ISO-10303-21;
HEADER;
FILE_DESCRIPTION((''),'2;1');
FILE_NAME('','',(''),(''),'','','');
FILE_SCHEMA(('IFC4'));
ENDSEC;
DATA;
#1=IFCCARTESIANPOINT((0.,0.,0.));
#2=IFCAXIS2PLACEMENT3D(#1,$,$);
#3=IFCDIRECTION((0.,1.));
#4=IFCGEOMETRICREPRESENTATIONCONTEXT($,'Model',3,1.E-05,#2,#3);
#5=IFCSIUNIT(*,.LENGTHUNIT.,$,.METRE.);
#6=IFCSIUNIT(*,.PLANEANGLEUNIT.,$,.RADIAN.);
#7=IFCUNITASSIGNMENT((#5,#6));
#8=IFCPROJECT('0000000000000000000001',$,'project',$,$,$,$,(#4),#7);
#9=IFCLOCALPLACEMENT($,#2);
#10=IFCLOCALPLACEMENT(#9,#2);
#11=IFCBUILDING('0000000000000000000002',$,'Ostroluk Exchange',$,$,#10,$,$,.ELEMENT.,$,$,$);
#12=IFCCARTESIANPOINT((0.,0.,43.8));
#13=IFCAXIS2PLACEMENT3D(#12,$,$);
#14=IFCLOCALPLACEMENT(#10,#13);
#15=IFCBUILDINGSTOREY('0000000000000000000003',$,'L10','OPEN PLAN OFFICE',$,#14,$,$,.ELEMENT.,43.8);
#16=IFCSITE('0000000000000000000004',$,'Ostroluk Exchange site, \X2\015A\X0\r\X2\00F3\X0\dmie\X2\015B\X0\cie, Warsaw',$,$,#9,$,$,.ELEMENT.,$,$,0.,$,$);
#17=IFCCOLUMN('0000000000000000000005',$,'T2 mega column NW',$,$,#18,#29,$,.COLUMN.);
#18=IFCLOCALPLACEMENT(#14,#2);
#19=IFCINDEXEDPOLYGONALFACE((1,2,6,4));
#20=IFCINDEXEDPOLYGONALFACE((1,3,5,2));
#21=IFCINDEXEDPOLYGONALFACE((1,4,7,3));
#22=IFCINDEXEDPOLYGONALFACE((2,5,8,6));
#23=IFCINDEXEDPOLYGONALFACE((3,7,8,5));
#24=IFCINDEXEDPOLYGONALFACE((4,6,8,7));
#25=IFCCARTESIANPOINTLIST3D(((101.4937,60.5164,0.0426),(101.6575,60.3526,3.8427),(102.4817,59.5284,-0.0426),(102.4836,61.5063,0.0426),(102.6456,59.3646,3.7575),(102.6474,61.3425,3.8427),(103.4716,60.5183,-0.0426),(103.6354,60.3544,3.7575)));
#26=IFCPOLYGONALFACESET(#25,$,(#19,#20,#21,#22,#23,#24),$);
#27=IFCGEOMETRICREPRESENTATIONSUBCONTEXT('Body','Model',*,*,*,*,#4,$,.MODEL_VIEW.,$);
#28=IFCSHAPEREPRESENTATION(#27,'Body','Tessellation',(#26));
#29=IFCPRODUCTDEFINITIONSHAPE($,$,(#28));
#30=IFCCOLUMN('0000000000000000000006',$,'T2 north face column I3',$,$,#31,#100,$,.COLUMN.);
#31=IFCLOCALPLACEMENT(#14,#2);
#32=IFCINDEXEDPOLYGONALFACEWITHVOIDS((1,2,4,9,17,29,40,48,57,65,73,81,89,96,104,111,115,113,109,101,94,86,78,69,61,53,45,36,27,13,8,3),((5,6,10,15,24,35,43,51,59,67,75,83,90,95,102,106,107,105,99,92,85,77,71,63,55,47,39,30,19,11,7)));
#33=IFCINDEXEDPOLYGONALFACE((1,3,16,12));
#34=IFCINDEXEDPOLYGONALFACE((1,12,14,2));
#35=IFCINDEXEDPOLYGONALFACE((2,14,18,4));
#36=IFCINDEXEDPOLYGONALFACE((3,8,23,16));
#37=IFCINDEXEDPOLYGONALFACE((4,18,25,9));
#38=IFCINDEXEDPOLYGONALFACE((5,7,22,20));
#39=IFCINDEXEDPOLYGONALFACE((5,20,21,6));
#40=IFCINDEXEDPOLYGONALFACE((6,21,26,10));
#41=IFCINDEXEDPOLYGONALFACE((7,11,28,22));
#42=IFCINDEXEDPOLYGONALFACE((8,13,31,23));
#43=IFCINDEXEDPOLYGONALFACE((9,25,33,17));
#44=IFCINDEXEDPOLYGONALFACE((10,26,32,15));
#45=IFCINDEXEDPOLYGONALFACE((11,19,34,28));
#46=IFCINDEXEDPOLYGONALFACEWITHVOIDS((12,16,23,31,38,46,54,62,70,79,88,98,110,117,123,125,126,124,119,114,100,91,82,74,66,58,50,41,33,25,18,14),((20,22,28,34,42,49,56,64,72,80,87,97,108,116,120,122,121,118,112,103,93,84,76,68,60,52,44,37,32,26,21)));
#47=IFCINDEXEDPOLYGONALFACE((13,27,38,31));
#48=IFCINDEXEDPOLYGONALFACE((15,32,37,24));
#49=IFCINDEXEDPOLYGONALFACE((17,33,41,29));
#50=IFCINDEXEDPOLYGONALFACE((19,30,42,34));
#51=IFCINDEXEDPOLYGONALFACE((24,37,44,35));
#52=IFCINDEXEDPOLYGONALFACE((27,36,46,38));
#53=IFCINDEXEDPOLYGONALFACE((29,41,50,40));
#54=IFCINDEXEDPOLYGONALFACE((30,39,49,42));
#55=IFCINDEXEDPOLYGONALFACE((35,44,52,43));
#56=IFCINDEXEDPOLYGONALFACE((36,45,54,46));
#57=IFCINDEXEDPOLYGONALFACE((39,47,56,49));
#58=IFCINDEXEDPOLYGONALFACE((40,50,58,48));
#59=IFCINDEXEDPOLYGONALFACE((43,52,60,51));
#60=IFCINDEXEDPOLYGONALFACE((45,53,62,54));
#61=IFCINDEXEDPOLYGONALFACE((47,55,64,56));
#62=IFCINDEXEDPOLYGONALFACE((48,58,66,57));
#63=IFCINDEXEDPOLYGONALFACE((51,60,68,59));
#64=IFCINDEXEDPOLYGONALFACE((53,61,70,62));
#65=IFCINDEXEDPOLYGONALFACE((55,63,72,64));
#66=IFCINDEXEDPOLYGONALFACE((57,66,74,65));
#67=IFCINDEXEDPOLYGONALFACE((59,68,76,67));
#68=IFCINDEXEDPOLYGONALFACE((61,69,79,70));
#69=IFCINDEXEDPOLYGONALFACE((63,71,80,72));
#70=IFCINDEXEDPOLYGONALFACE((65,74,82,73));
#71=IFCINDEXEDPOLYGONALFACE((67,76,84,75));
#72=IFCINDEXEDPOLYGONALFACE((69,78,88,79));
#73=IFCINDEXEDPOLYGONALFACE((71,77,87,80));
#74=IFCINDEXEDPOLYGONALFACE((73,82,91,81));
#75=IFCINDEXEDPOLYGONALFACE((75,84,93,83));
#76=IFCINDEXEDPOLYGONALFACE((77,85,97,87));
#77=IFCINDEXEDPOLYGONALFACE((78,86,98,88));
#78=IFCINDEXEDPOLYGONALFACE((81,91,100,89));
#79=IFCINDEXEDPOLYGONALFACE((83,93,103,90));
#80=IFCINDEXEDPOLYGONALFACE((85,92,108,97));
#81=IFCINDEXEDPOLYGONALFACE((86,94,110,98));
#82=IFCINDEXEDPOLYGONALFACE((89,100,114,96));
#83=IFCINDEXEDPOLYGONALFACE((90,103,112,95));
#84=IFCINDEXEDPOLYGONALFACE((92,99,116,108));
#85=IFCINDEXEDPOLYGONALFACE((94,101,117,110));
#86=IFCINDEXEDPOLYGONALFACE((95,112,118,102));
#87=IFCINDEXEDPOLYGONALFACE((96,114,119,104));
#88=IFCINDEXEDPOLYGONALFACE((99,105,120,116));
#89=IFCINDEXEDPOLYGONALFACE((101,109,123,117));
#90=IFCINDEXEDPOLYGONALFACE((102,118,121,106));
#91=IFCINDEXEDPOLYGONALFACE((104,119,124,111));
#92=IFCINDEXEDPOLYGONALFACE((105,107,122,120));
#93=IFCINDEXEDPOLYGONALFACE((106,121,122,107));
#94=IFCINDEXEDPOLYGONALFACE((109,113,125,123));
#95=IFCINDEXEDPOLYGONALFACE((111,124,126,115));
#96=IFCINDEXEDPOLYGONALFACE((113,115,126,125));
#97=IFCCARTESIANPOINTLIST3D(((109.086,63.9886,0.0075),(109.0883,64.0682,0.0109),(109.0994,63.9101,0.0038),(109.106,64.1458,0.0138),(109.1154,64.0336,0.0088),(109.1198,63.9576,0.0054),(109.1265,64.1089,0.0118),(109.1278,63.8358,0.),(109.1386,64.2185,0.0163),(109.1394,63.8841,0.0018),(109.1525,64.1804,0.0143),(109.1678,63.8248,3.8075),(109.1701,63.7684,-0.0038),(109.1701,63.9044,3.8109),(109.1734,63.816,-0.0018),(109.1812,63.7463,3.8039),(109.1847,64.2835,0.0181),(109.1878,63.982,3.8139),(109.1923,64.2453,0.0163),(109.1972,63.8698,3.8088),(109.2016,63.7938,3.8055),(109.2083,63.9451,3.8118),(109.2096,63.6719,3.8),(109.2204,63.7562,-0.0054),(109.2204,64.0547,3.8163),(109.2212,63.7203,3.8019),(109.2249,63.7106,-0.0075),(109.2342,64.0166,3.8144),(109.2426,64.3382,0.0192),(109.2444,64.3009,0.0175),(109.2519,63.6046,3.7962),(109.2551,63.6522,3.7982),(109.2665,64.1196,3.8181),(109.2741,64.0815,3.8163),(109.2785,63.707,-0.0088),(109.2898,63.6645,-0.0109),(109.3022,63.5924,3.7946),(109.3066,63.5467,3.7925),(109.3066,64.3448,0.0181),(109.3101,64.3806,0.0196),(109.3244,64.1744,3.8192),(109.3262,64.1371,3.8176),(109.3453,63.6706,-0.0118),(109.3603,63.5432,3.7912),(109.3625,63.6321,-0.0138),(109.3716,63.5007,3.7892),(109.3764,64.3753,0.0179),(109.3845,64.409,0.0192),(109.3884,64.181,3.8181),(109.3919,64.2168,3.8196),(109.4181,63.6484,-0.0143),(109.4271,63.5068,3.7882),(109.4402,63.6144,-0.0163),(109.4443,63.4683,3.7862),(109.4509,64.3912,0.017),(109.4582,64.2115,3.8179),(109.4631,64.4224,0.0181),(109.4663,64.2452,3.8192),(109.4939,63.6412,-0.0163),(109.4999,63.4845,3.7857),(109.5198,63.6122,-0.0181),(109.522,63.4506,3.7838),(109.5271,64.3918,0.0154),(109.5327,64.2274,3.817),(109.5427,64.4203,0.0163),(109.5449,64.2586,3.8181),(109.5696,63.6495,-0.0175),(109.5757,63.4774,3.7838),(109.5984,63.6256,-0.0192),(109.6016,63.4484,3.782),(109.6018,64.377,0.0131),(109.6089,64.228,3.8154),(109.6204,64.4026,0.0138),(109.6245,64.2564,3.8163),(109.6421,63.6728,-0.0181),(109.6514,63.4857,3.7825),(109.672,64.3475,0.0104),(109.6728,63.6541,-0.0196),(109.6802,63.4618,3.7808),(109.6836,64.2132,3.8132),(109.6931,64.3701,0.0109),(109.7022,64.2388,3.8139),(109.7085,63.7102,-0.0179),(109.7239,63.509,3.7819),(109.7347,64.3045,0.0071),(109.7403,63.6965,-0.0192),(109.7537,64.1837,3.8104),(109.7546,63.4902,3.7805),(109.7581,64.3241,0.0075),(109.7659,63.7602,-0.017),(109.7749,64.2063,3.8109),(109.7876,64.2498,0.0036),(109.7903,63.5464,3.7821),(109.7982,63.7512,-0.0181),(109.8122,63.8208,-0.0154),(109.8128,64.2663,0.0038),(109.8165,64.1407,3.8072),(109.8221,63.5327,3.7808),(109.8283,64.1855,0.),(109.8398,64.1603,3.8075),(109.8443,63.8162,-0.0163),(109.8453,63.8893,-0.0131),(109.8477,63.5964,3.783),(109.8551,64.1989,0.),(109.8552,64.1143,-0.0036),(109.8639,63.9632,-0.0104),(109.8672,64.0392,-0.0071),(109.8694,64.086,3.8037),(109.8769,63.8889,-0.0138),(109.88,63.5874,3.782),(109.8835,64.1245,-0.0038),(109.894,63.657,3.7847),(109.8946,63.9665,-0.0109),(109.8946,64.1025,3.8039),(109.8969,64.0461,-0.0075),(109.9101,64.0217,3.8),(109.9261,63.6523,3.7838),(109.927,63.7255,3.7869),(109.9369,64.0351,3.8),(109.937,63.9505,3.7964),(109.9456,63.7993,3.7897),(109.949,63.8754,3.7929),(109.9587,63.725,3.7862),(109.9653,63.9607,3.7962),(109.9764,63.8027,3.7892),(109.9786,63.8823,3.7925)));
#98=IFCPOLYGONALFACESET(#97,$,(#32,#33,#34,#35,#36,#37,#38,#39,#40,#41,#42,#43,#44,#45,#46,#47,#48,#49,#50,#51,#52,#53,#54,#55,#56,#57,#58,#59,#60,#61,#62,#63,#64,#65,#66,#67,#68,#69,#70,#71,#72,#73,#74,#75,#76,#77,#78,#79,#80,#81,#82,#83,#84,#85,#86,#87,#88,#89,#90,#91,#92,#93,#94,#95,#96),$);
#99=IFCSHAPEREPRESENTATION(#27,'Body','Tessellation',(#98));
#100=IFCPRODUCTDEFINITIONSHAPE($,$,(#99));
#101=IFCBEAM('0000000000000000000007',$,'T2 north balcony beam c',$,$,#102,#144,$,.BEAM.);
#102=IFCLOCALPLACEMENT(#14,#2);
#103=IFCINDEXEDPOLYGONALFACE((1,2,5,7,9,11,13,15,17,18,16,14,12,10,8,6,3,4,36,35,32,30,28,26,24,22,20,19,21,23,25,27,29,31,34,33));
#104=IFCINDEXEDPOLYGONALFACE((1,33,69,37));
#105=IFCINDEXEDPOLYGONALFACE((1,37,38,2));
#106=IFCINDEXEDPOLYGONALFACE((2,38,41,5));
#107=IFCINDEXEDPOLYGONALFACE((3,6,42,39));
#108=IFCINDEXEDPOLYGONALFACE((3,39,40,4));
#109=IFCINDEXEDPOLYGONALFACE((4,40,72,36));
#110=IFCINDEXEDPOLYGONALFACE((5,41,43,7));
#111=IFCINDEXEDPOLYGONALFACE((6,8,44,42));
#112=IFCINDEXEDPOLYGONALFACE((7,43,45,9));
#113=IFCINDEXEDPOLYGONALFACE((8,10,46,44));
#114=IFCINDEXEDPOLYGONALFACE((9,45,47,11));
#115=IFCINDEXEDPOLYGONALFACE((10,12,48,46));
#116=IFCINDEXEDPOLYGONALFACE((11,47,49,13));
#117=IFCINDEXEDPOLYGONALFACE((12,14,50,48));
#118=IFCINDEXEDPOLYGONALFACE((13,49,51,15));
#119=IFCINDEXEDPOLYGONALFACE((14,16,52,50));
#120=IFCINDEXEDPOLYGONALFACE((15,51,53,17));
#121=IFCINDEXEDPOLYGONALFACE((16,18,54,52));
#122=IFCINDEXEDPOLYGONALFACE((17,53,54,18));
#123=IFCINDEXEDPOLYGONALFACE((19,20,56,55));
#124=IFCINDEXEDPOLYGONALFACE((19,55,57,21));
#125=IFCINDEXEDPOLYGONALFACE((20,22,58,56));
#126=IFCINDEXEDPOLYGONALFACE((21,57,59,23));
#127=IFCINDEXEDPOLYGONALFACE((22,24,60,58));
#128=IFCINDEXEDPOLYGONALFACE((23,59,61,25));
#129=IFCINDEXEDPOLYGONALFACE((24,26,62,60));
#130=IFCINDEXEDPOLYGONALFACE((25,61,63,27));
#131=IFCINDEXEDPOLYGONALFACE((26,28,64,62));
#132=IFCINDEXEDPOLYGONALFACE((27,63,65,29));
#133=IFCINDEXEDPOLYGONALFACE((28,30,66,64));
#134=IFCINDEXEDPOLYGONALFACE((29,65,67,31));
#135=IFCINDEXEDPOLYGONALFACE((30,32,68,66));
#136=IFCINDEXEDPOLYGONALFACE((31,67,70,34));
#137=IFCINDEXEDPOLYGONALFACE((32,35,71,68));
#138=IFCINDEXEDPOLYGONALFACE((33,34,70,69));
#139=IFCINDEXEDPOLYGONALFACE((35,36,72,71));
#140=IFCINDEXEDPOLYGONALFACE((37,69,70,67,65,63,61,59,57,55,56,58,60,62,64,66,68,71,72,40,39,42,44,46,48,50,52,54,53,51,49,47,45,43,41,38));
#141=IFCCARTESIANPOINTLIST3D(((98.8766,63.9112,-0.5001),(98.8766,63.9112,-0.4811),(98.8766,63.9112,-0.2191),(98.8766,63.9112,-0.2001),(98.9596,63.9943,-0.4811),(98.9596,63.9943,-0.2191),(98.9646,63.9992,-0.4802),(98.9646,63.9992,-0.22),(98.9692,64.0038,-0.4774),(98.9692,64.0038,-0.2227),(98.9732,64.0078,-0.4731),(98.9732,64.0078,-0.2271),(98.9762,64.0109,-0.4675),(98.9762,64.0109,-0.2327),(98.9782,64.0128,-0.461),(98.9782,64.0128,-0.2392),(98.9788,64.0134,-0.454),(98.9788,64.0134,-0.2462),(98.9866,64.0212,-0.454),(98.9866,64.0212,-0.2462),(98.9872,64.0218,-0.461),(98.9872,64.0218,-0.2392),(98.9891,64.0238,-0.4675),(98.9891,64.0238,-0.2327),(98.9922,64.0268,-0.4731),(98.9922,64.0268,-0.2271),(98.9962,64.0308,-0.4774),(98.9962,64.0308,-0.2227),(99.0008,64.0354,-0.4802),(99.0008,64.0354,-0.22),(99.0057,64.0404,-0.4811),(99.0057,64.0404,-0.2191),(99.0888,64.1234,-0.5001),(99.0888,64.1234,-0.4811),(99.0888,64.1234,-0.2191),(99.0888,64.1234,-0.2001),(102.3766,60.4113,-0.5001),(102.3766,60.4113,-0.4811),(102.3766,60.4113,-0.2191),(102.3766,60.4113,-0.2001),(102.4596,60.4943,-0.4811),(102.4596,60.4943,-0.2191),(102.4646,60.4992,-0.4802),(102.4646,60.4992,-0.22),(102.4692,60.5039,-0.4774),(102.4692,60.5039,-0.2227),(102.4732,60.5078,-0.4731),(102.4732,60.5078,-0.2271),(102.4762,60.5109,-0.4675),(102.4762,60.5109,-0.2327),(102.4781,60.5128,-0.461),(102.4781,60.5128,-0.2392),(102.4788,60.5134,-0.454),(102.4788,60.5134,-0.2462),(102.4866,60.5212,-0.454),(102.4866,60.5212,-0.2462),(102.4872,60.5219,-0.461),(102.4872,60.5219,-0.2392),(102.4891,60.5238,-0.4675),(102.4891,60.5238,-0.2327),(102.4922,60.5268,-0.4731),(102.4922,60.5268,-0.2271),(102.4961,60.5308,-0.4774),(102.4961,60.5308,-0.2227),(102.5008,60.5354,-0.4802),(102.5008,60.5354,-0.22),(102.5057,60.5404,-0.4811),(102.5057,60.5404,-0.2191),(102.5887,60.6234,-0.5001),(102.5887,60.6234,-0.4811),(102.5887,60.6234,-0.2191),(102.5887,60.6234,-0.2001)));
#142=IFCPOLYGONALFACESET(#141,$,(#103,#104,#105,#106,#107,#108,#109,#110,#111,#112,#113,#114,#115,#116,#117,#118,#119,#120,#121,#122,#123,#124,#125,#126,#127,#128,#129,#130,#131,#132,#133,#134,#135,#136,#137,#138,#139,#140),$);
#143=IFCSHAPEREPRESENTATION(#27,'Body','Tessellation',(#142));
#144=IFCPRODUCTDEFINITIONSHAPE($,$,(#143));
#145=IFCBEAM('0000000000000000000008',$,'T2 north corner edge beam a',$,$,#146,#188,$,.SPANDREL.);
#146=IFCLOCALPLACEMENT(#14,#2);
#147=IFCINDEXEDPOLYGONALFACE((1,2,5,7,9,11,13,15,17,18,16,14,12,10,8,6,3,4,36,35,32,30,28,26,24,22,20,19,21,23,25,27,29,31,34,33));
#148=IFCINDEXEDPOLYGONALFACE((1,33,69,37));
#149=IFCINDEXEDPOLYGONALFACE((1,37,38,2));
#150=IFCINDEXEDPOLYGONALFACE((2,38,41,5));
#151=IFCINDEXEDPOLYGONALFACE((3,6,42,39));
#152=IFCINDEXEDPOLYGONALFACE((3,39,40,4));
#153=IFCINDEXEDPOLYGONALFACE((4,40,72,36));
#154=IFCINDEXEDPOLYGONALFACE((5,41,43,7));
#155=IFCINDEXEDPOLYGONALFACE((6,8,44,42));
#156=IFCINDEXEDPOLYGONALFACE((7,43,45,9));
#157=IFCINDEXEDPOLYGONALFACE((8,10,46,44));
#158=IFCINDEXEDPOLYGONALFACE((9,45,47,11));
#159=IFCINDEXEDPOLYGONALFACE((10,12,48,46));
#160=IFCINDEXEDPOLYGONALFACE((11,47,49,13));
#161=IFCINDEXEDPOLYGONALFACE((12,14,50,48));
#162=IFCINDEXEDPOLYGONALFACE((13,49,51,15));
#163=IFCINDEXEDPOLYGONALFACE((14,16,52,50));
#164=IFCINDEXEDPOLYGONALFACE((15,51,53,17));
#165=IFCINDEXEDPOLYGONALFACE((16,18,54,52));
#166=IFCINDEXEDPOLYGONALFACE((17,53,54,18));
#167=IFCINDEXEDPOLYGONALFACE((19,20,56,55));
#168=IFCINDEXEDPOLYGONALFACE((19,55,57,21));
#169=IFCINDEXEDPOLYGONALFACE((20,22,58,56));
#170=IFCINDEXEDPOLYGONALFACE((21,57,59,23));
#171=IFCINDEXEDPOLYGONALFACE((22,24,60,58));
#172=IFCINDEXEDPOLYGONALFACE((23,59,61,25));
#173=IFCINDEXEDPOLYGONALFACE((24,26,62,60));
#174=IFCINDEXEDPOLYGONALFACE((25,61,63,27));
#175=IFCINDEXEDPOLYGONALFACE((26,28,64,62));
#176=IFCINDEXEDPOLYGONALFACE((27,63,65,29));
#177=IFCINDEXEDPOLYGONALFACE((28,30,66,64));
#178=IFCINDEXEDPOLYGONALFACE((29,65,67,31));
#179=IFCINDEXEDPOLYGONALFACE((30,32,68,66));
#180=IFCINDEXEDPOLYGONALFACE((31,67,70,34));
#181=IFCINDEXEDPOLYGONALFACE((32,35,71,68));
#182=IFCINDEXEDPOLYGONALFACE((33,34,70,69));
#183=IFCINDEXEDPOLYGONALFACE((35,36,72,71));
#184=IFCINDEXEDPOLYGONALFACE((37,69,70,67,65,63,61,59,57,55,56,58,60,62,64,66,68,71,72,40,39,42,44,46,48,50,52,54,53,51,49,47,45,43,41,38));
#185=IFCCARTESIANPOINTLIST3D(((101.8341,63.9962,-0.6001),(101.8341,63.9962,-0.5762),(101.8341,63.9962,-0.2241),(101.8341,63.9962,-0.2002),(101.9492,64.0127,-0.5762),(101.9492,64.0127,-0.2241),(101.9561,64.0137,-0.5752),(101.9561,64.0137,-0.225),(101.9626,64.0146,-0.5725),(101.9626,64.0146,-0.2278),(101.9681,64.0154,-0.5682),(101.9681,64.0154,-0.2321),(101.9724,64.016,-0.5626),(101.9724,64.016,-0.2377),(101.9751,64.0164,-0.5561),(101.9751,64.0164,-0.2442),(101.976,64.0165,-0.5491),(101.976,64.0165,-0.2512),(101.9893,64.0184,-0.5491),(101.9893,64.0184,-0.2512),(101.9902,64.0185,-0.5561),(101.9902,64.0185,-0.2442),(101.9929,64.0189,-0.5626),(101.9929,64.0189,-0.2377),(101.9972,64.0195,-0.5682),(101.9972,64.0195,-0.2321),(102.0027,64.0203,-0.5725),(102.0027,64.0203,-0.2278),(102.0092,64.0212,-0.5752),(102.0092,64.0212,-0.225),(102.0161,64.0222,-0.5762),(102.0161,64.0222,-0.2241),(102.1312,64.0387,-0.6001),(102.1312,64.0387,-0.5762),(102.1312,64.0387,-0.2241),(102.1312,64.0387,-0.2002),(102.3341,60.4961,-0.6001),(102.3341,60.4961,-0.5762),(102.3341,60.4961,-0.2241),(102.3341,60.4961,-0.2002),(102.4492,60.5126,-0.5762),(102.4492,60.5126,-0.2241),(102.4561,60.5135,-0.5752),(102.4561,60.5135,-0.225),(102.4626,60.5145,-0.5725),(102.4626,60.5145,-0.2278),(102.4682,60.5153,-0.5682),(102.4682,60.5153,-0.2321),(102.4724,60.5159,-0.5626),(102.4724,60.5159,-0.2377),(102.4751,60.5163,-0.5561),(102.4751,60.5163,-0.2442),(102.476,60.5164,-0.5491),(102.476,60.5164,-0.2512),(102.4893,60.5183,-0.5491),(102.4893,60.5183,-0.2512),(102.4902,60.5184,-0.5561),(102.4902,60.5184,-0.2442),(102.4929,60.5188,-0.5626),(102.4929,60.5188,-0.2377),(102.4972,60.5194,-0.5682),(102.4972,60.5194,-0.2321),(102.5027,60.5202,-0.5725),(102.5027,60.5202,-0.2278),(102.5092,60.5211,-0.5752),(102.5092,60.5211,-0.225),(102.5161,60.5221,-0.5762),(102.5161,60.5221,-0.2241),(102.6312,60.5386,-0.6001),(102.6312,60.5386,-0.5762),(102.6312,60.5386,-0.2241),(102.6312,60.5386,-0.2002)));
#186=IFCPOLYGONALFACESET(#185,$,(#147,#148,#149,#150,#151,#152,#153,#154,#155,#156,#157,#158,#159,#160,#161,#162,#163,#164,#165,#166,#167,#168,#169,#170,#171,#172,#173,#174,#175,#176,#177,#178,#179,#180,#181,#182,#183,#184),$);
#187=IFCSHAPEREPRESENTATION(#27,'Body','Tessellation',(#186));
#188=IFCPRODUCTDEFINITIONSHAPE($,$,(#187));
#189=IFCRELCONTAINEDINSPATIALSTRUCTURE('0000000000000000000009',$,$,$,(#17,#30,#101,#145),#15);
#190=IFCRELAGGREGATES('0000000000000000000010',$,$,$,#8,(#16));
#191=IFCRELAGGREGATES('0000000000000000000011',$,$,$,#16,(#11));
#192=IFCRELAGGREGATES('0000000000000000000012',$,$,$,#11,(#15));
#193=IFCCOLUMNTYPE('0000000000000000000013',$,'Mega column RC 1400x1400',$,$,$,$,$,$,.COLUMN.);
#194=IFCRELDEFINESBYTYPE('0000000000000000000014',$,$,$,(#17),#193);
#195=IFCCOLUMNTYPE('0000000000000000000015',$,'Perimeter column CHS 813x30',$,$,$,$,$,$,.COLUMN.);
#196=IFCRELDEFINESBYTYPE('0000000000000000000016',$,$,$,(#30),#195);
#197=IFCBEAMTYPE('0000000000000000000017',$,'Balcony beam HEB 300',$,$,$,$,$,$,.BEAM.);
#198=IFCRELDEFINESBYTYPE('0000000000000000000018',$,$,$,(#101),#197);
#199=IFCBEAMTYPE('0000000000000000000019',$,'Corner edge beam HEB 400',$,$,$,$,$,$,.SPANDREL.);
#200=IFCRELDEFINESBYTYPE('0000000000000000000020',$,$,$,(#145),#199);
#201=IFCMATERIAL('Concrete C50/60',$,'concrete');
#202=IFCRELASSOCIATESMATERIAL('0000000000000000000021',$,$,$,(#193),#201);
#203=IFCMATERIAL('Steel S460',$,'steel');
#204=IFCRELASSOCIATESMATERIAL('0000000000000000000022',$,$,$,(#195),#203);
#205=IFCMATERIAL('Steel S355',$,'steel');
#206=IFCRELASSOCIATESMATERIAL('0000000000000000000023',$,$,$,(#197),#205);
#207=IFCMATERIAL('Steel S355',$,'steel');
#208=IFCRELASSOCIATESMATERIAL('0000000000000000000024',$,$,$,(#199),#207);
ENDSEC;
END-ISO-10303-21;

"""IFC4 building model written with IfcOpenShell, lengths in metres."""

from ifc_helpers import new_model, si_unit, direction, frame, origin, origin_2d, place, context, subcontext, project, spatial, rectangle, hollow_circle, i_section, extrude, material, material_profile, profile_set, type_object, element, save


model = new_model("IFC4")

# Units and contexts
model_context = context("Model", 3, precision=1e-05, world=origin(), true_north=direction((0.0, 1.0)))
body_context = subcontext(model_context, "Body", "Model", "MODEL_VIEW")
ifc_project = project(units=[si_unit("LENGTHUNIT", "METRE"), si_unit("PLANEANGLEUNIT", "RADIAN")], contexts=[model_context])

# Site, building, storey
site_placement = place(None, origin())
site = spatial("IfcSite", under=ifc_project, at=site_placement, Name="Ostroluk Exchange site, Śródmieście, Warsaw", CompositionType="ELEMENT", RefElevation=0.0)
building_placement = place(site_placement, origin())
building = spatial("IfcBuilding", under=site, at=building_placement, Name="Ostroluk Exchange", CompositionType="ELEMENT")
storey_placement = place(building_placement, frame((0.0, 0.0, 43.8)))
storey = spatial("IfcBuildingStorey", under=building, at=storey_placement, Name="L10", Description="OPEN PLAN OFFICE", CompositionType="ELEMENT", Elevation=43.8)

# Columns
ifc_material_1 = material(Name="Concrete C50/60", Category="concrete")
ifc_material_profile_1 = material_profile(ifc_material_1, rectangle(XDim=1.3999, YDim=1.3999, at=origin_2d()), Name="RC 1400x1400")
ifc_profile_set_1 = profile_set([ifc_material_profile_1], Name="Concrete C50/60")
column_type_1 = type_object("IfcColumnType", Name="Mega column RC 1400x1400", PredefinedType="COLUMN", material=ifc_profile_set_1)
column_1_placement = place(storey_placement, frame((102.4827, 60.5173, 0.0), z_axis=(0.04303, -0.04303, 0.998147), x_axis=(0.707107, 0.707107, 0.0)))
element("IfcColumn", 1, at=column_1_placement, inside=storey, type_object=column_type_1, Name="T2 mega column NW", PredefinedType="COLUMN", context=body_context, shape_type="SweptSolid", body=[
    extrude(rectangle(XDim=1.3999, YDim=1.3999, at=origin_2d()), origin(), (0.0, 0.0, 1.0), 3.8071),
])
ifc_material_2 = material(Name="Steel S460", Category="steel")
ifc_material_profile_2 = material_profile(ifc_material_2, hollow_circle(Radius=0.4065, WallThickness=0.03, at=origin_2d()), Name="CHS 813x30")
ifc_profile_set_2 = profile_set([ifc_material_profile_2], Name="Steel S460")
column_type_2 = type_object("IfcColumnType", Name="Perimeter column CHS 813x30", PredefinedType="COLUMN", material=ifc_profile_set_2)
column_2_placement = place(storey_placement, frame((109.4915, 64.0173, 0.0), z_axis=(0.021498, -0.04306, 0.998841), x_axis=(0.894694, 0.44668, 0.0)))
element("IfcColumn", 2, at=column_2_placement, inside=storey, type_object=column_type_2, Name="T2 north face column I3", PredefinedType="COLUMN", context=body_context, shape_type="SweptSolid", body=[
    extrude(hollow_circle(Radius=0.4065, WallThickness=0.03, at=origin_2d()), origin(), (0.0, 0.0, 1.0), 3.8044),
])

# Beams
ifc_material_3 = material(Name="Steel S355", Category="steel")
ifc_material_profile_3 = material_profile(ifc_material_3, i_section(OverallWidth=0.3, OverallDepth=0.3, WebThickness=0.011, FlangeThickness=0.019, FilletRadius=0.0271, at=origin_2d()), Name="HEB 300")
ifc_profile_set_3 = profile_set([ifc_material_profile_3], Name="Steel S355")
beam_type_1 = type_object("IfcBeamType", Name="Balcony beam HEB 300", PredefinedType="BEAM", material=ifc_profile_set_3)
beam_1_placement = place(storey_placement, frame((102.4827, 60.5173, -0.3501), z_axis=(-0.707107, 0.707107, 0.0), x_axis=(-0.707107, -0.707107, 0.0)))
element("IfcBeam", 3, at=beam_1_placement, inside=storey, type_object=beam_type_1, Name="T2 north balcony beam c", PredefinedType="BEAM", context=body_context, shape_type="SweptSolid", body=[
    extrude(i_section(OverallWidth=0.3, OverallDepth=0.3, WebThickness=0.011, FlangeThickness=0.019, FilletRadius=0.0271, at=origin_2d()), origin(), (0.0, 0.0, 1.0), 4.9497),
])
ifc_material_4 = material(Name="Steel S355", Category="steel")
ifc_material_profile_4 = material_profile(ifc_material_4, i_section(OverallWidth=0.3, OverallDepth=0.3999, WebThickness=0.0134, FlangeThickness=0.0239, FilletRadius=0.0271, at=origin_2d()), Name="HEB 400")
ifc_profile_set_4 = profile_set([ifc_material_profile_4], Name="Steel S355")
beam_type_2 = type_object("IfcBeamType", Name="Corner edge beam HEB 400", PredefinedType="SPANDREL", material=ifc_profile_set_4)
for number, where, z_axis, x_axis, name in (
    (4, (102.4827, 60.5173, -0.4001), (-0.141421, 0.989949, 0.0), (-0.989949, -0.141421, 0.0), "T2 north corner edge beam a"),
):
    element("IfcBeam", number, at=place(storey_placement, frame(where, z_axis=z_axis, x_axis=x_axis)), inside=storey, type_object=beam_type_2, Name=name, PredefinedType="SPANDREL", context=body_context, shape_type="SweptSolid", body=[
        extrude(i_section(OverallWidth=0.3, OverallDepth=0.3999, WebThickness=0.0134, FlangeThickness=0.0239, FilletRadius=0.0271, at=origin_2d()), origin(), (0.0, 0.0, 1.0), 3.5356),
    ])

save(model, "model.ifc")
